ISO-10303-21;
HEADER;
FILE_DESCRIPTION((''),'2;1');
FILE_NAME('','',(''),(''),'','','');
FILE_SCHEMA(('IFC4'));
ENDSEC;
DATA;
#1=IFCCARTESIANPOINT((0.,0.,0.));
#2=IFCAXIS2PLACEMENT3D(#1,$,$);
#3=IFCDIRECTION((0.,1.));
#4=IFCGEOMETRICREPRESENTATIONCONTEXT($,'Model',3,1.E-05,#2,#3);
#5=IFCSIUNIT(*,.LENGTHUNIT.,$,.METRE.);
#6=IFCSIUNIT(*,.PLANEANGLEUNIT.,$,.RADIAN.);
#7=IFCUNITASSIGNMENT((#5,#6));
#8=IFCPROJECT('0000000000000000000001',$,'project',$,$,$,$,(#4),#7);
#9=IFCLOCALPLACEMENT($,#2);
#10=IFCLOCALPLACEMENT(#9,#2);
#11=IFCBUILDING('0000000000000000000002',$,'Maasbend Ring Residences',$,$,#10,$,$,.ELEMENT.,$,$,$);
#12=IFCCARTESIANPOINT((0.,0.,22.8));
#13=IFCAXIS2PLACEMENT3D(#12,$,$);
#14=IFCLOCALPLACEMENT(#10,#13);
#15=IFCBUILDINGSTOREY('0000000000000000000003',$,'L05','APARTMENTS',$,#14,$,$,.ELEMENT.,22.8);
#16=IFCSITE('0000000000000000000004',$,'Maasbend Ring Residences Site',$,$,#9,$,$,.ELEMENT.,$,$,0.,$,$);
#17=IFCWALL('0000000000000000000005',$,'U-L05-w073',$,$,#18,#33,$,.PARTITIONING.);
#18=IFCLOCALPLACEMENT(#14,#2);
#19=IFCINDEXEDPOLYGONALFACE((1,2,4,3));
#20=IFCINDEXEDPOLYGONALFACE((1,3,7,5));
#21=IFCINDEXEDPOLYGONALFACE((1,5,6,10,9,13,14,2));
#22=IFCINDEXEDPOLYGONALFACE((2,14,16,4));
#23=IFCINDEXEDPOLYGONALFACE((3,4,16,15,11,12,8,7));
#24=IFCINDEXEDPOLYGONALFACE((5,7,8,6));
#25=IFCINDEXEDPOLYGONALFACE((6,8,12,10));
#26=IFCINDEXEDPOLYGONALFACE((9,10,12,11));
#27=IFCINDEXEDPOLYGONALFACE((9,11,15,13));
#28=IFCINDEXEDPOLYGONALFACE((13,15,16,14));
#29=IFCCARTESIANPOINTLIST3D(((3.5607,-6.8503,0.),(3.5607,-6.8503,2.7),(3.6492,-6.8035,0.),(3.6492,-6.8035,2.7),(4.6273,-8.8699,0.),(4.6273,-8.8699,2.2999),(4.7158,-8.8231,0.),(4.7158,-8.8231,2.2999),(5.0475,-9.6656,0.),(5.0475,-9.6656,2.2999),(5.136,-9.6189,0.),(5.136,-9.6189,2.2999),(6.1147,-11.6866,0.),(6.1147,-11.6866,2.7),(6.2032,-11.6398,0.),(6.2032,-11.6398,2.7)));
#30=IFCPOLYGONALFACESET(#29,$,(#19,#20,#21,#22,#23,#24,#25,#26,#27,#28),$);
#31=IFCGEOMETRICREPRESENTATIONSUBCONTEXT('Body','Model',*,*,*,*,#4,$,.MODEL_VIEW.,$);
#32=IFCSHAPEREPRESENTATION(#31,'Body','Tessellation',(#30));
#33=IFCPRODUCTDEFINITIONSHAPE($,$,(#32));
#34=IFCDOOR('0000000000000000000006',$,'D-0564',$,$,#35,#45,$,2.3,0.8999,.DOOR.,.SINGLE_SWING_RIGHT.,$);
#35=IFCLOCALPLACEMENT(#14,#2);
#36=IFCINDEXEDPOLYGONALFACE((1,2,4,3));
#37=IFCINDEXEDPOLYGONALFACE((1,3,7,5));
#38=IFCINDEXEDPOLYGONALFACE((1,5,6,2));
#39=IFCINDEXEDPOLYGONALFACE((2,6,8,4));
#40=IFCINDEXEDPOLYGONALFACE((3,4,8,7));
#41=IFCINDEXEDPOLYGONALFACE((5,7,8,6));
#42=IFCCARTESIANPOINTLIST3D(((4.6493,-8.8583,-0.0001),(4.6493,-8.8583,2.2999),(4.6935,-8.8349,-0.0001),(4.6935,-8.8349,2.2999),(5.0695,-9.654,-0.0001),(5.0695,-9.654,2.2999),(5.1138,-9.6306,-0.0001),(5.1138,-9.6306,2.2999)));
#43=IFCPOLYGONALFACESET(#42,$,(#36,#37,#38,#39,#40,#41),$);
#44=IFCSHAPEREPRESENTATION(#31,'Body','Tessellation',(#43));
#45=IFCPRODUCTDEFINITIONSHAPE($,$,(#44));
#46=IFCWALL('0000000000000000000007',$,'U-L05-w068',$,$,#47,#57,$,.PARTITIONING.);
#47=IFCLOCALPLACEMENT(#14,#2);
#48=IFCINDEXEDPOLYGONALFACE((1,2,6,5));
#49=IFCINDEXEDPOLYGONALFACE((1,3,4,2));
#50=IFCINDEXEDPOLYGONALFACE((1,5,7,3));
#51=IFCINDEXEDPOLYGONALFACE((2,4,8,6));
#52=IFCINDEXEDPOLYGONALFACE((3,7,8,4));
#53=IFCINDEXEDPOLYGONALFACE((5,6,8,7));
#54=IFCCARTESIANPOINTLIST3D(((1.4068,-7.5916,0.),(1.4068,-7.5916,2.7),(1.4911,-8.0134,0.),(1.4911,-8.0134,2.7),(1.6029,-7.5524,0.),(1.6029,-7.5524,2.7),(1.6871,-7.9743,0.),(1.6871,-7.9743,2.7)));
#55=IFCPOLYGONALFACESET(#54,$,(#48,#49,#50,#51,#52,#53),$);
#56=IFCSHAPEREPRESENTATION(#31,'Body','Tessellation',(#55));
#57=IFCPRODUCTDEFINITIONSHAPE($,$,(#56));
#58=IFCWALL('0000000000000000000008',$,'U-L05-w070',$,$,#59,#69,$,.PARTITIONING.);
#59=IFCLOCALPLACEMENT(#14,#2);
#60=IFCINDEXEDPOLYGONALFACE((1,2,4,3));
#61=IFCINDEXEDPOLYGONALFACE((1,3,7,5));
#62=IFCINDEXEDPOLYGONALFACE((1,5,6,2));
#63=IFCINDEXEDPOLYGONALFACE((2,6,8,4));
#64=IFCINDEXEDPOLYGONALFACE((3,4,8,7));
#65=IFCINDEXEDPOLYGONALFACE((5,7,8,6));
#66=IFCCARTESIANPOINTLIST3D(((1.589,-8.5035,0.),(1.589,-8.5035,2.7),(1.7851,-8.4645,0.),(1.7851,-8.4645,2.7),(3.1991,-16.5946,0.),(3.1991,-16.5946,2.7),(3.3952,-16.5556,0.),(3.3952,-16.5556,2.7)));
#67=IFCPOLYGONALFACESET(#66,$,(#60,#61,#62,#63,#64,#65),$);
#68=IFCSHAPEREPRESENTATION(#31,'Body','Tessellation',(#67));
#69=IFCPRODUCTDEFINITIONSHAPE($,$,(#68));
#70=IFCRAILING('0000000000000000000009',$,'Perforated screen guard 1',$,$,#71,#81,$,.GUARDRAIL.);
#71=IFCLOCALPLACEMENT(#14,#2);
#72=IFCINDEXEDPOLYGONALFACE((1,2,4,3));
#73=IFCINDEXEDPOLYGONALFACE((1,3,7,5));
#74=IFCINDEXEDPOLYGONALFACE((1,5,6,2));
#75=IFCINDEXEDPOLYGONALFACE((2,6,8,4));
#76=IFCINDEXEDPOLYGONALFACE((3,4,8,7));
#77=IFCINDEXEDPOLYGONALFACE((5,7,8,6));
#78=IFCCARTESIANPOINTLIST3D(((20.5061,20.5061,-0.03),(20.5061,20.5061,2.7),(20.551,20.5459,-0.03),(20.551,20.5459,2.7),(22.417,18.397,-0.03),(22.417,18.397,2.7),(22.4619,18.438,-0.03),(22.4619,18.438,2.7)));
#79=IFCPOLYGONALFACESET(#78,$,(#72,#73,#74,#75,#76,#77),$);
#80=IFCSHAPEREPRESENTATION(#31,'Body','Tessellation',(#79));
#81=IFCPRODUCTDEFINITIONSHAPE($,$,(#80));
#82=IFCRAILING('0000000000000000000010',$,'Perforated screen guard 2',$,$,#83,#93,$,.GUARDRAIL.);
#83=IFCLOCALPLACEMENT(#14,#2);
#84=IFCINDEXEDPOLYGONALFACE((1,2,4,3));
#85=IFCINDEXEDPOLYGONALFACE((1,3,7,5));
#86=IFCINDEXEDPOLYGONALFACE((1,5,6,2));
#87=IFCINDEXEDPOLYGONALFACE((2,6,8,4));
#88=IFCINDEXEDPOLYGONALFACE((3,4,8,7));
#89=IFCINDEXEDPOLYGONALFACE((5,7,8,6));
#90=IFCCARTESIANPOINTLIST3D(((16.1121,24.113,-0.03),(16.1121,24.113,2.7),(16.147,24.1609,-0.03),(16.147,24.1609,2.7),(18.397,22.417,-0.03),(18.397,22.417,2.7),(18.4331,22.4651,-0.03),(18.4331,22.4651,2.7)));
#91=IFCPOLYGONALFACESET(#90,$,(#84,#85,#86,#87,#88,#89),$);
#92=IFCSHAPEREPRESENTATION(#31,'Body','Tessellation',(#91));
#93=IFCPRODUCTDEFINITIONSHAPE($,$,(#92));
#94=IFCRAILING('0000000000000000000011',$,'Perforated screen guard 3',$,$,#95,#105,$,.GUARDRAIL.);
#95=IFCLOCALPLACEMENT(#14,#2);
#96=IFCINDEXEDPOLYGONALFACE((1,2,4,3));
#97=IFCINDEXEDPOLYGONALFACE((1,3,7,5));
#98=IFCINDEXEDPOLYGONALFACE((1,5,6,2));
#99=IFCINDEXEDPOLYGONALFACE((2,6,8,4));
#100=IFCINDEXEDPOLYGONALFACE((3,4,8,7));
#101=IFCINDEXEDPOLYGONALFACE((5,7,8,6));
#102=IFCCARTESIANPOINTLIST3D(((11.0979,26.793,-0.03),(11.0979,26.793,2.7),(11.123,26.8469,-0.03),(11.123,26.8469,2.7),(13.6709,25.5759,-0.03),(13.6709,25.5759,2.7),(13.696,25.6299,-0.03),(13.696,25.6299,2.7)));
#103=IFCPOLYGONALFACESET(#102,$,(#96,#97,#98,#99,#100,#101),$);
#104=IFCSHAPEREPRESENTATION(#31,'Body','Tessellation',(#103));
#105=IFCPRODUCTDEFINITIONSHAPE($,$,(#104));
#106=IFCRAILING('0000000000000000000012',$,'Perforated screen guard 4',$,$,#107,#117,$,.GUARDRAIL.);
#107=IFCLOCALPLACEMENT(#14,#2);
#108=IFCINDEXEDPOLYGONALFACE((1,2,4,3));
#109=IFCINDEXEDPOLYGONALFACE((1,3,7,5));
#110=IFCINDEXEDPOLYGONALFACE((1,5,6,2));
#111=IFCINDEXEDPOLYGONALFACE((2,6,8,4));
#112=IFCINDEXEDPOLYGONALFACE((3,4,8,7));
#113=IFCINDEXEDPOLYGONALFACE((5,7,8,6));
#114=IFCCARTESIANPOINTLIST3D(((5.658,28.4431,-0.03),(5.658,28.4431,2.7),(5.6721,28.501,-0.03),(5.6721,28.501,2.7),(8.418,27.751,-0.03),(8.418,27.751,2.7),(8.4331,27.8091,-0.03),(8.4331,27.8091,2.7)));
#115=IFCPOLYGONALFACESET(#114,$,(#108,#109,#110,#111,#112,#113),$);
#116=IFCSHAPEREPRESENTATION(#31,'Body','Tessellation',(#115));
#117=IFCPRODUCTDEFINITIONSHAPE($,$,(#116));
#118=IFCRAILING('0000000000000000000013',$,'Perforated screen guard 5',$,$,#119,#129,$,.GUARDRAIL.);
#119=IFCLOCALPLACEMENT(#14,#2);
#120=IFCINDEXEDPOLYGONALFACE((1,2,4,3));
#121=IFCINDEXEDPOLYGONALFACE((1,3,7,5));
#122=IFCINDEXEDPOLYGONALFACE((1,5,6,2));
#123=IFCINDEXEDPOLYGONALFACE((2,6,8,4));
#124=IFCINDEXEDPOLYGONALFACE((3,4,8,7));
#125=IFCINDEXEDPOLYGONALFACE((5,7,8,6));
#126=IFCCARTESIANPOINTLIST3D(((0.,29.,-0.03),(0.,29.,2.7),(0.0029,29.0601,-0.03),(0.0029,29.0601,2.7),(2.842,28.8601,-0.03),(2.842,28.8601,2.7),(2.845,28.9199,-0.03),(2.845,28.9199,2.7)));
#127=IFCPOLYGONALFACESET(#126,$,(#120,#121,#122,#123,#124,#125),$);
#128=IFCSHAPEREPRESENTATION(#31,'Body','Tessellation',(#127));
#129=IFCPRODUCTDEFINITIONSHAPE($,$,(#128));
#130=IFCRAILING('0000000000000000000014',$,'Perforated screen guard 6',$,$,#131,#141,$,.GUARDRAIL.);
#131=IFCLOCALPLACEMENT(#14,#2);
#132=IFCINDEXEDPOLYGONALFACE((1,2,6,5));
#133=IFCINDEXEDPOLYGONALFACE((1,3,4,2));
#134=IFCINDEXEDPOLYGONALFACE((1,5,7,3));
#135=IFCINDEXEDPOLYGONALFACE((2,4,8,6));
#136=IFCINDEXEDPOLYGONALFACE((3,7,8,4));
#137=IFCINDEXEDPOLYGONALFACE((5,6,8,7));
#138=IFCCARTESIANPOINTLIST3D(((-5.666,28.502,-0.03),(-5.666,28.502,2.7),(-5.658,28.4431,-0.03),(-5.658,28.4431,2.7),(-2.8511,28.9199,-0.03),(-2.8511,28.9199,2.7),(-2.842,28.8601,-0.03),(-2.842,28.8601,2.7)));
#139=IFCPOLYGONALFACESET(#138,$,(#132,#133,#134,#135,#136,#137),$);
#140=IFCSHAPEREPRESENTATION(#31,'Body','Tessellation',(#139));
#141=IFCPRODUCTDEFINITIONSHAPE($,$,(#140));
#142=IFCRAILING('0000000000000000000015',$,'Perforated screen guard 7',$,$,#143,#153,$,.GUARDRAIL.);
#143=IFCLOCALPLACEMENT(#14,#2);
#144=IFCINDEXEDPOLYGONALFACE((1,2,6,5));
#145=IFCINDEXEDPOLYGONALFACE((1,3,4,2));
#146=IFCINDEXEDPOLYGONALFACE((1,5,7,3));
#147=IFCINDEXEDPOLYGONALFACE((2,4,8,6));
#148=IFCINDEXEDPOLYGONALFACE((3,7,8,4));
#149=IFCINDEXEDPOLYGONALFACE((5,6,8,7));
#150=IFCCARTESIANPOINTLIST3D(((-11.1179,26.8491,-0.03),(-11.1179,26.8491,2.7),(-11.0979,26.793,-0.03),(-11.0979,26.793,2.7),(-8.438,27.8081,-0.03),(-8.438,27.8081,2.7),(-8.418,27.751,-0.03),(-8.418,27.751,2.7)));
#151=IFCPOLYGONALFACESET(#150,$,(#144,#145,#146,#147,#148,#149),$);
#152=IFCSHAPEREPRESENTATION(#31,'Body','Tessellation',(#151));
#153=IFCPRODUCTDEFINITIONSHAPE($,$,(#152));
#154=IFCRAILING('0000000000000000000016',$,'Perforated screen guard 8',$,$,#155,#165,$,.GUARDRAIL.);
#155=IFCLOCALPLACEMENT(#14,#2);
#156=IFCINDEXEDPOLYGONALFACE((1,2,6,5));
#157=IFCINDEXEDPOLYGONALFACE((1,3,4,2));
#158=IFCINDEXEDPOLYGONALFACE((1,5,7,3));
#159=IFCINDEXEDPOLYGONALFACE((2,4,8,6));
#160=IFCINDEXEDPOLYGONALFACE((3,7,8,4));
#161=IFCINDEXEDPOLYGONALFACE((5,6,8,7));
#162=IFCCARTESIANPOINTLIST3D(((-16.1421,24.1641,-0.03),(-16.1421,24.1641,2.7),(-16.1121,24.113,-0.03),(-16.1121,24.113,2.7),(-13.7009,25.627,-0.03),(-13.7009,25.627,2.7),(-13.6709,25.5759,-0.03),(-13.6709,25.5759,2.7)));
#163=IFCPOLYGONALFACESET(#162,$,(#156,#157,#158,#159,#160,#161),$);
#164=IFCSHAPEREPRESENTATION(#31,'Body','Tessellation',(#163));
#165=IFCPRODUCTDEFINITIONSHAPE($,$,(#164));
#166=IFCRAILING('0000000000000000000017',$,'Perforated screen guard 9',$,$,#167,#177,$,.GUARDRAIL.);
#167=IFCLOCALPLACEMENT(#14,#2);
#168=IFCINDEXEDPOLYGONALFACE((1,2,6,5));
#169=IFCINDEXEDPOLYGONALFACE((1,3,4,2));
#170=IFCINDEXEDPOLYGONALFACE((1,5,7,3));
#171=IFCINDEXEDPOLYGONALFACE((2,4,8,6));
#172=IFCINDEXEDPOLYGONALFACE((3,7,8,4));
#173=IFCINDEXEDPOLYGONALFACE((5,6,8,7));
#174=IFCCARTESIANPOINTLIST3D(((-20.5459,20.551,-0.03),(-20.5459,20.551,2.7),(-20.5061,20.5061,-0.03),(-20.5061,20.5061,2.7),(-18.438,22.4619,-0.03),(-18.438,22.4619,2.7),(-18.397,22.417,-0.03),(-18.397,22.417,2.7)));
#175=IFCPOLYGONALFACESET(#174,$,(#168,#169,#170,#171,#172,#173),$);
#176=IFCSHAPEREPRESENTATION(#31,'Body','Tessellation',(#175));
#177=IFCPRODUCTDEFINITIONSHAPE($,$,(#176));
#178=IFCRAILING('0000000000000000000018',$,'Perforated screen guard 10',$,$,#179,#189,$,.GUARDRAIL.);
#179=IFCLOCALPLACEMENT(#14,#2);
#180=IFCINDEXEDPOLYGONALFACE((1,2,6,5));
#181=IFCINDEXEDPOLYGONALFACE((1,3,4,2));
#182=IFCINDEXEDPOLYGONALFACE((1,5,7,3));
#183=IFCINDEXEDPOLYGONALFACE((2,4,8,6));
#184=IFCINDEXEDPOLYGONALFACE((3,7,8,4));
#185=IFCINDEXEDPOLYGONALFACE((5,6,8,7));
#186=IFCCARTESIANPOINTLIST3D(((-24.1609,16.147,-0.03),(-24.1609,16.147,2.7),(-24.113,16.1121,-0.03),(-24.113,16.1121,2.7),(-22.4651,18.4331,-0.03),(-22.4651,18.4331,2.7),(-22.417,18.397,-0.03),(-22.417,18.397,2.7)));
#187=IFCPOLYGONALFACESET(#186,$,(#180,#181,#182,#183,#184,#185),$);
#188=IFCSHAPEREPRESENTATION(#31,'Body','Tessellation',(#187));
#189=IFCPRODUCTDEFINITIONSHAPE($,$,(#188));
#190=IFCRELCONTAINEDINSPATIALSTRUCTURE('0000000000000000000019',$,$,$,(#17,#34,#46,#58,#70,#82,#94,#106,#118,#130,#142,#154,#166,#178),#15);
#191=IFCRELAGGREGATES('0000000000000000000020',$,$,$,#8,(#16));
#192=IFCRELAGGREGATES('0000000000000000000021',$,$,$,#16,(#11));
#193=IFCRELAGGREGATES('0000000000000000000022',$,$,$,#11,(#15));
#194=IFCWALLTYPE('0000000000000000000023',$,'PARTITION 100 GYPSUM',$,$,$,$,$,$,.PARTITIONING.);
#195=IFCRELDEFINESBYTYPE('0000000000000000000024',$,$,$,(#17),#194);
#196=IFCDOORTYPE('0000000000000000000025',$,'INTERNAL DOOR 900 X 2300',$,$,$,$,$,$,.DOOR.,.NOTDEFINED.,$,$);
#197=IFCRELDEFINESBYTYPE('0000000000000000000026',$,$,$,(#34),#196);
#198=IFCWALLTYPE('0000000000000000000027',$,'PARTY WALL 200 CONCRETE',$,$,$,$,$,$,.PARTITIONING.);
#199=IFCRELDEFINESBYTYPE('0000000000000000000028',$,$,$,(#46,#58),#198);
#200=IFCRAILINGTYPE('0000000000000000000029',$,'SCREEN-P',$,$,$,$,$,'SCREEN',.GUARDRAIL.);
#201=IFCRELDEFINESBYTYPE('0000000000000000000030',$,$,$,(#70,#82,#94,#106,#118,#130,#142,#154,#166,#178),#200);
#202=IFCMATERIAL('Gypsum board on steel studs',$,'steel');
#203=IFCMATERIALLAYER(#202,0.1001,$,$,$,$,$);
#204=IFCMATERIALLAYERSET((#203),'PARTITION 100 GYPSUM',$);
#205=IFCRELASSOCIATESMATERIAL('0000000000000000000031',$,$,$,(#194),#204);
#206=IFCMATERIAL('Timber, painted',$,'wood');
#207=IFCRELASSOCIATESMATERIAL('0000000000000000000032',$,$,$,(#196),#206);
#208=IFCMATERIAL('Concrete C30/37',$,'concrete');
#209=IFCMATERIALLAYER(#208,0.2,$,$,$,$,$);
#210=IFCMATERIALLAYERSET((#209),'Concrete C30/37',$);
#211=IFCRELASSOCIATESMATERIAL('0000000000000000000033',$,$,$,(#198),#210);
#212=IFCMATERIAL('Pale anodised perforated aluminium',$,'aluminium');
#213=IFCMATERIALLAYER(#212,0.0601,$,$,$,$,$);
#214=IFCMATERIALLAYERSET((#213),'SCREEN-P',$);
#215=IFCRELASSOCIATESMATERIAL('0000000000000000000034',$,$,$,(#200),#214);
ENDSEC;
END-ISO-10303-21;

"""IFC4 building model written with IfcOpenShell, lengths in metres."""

from ifc_helpers import new_model, si_unit, direction, frame, frame_2d, origin, place, context, subcontext, project, spatial, polyline, rectangle, outline, extrude, material, layer, layer_set, type_object, element, fill, save


model = new_model("IFC4")

# Units and contexts
model_context = context("Model", 3, precision=1e-05, world=origin(), true_north=direction((0.0, 1.0)))
body_context = subcontext(model_context, "Body", "Model", "MODEL_VIEW")
ifc_project = project(units=[si_unit("LENGTHUNIT", "METRE"), si_unit("PLANEANGLEUNIT", "RADIAN")], contexts=[model_context])

# Site, building, storey
site_placement = place(None, origin())
site = spatial("IfcSite", under=ifc_project, at=site_placement, Name="Maasbend Ring Residences Site", CompositionType="ELEMENT", RefElevation=0.0)
building_placement = place(site_placement, origin())
building = spatial("IfcBuilding", under=site, at=building_placement, Name="Maasbend Ring Residences", CompositionType="ELEMENT")
storey_placement = place(building_placement, frame((0.0, 0.0, 22.8)))
storey = spatial("IfcBuildingStorey", under=building, at=storey_placement, Name="L05", Description="APARTMENTS", CompositionType="ELEMENT", Elevation=22.8)

# Wall, opening, door
ifc_material_1 = material(Name="Gypsum board on steel studs", Category="steel")
ifc_layer_1 = layer(ifc_material_1, 0.1001)
ifc_layer_set_1 = layer_set([ifc_layer_1], Name="PARTITION 100 GYPSUM")
wall_type_1 = type_object("IfcWallType", Name="PARTITION 100 GYPSUM", PredefinedType="PARTITIONING", material=ifc_layer_set_1)
wall_1_placement = place(storey_placement, frame((3.605, -6.8269, 0.0), z_axis=(0.0, 0.0, 1.0), x_axis=(0.466977, -0.88427, 0.0)))
wall_1 = element("IfcWall", 1, at=wall_1_placement, inside=storey, type_object=wall_type_1, Name="U-L05-w073", PredefinedType="PARTITIONING", context=body_context, shape_type="SweptSolid", body=[
    extrude(rectangle(XDim=5.4692, YDim=0.1001, at=frame_2d((2.7346, 0.0))), origin(), (0.0, 0.0, 1.0), 2.7),
])
opening_placement = place(wall_1_placement, frame((2.2839, 0.0, 0.0)))
opening = element("IfcOpeningElement", 2, at=opening_placement, cuts=wall_1, PredefinedType="OPENING", context=body_context, shape_type="SweptSolid", body=[
    extrude(rectangle(XDim=0.8999, YDim=2.3, at=frame_2d((0.45, 1.1499))), frame((0.0, 0.0601, 0.0), z_axis=(0.0, -1.0, 0.0), x_axis=(1.0, 0.0, 0.0)), (0.0, 0.0, 1.0), 0.1201),
])
ifc_material_2 = material(Name="Timber, painted", Category="wood")
door_type = type_object("IfcDoorType", Name="INTERNAL DOOR 900 X 2300", OperationType="NOTDEFINED", PredefinedType="DOOR", material=ifc_material_2)
door_placement = place(opening_placement, origin())
door = element("IfcDoor", 3, at=door_placement, inside=storey, type_object=door_type, Name="D-0564", OperationType="SINGLE_SWING_RIGHT", OverallHeight=2.3, OverallWidth=0.8999, PredefinedType="DOOR", context=body_context, shape_type="SweptSolid", body=[
    extrude(rectangle(XDim=0.8999, YDim=2.3, at=frame_2d((0.45, 1.1499))), frame((0.0, 0.0249, 0.0), z_axis=(0.0, -1.0, 0.0), x_axis=(1.0, 0.0, 0.0)), (0.0, 0.0, 1.0), 0.05),
])
fill(opening, door)

# Walls
ifc_material_3 = material(Name="Concrete C30/37", Category="concrete")
ifc_layer_2 = layer(ifc_material_3, 0.2)
ifc_layer_set_2 = layer_set([ifc_layer_2], Name="Concrete C30/37")
wall_type_2 = type_object("IfcWallType", Name="PARTY WALL 200 CONCRETE", PredefinedType="PARTITIONING", material=ifc_layer_set_2)
wall_2_placement = place(storey_placement, frame((1.5049, -7.572, 0.0), z_axis=(0.0, 0.0, 1.0), x_axis=(0.195789, -0.980646, 0.0)))
element("IfcWall", 4, at=wall_2_placement, inside=storey, type_object=wall_type_2, Name="U-L05-w068", PredefinedType="PARTITIONING", context=body_context, shape_type="SweptSolid", body=[
    extrude(rectangle(XDim=0.4302, YDim=0.2, at=frame_2d((0.2151, 0.0))), origin(), (0.0, 0.0, 1.0), 2.7),
])
wall_3_placement = place(storey_placement, frame((1.687, -8.4839, 0.0), z_axis=(0.0, 0.0, 1.0), x_axis=(0.195171, -0.980769, 0.0)))
element("IfcWall", 5, at=wall_3_placement, inside=storey, type_object=wall_type_2, Name="U-L05-w070", PredefinedType="PARTITIONING", context=body_context, shape_type="SweptSolid", body=[
    extrude(rectangle(XDim=8.2498, YDim=0.2, at=frame_2d((4.125, 0.0))), origin(), (0.0, 0.0, 1.0), 2.7),
])

# Railings
ifc_material_4 = material(Name="Pale anodised perforated aluminium", Category="aluminium")
ifc_layer_3 = layer(ifc_material_4, 0.0601)
ifc_layer_set_3 = layer_set([ifc_layer_3], Name="SCREEN-P")
railing_type = type_object("IfcRailingType", Name="SCREEN-P", ElementType="SCREEN", PredefinedType="GUARDRAIL", material=ifc_layer_set_3)
railing_1_placement = place(storey_placement, frame((0.0, 0.0, -0.03)))
element("IfcRailing", 6, at=railing_1_placement, inside=storey, type_object=railing_type, Name="Perforated screen guard 1", PredefinedType="GUARDRAIL", context=body_context, shape_type="SweptSolid", body=[
    extrude(outline(polyline([(22.417, 18.397), (20.5061, 20.5061), (20.551, 20.5459), (22.4619, 18.438), (22.417, 18.397)])), origin(), (0.0, 0.0, 1.0), 2.73),
])
railing_2_placement = place(storey_placement, frame((0.0, 0.0, -0.03)))
element("IfcRailing", 7, at=railing_2_placement, inside=storey, type_object=railing_type, Name="Perforated screen guard 2", PredefinedType="GUARDRAIL", context=body_context, shape_type="SweptSolid", body=[
    extrude(outline(polyline([(18.397, 22.417), (16.1121, 24.113), (16.147, 24.1609), (18.4331, 22.4651), (18.397, 22.417)])), origin(), (0.0, 0.0, 1.0), 2.73),
])
railing_3_placement = place(storey_placement, frame((0.0, 0.0, -0.03)))
element("IfcRailing", 8, at=railing_3_placement, inside=storey, type_object=railing_type, Name="Perforated screen guard 3", PredefinedType="GUARDRAIL", context=body_context, shape_type="SweptSolid", body=[
    extrude(outline(polyline([(13.6709, 25.5759), (11.0979, 26.793), (11.123, 26.8469), (13.696, 25.6299), (13.6709, 25.5759)])), origin(), (0.0, 0.0, 1.0), 2.73),
])
railing_4_placement = place(storey_placement, frame((0.0, 0.0, -0.03)))
element("IfcRailing", 9, at=railing_4_placement, inside=storey, type_object=railing_type, Name="Perforated screen guard 4", PredefinedType="GUARDRAIL", context=body_context, shape_type="SweptSolid", body=[
    extrude(outline(polyline([(8.418, 27.751), (5.658, 28.4431), (5.6721, 28.501), (8.4331, 27.8091), (8.418, 27.751)])), origin(), (0.0, 0.0, 1.0), 2.73),
])
railing_5_placement = place(storey_placement, frame((0.0, 0.0, -0.03)))
element("IfcRailing", 10, at=railing_5_placement, inside=storey, type_object=railing_type, Name="Perforated screen guard 5", PredefinedType="GUARDRAIL", context=body_context, shape_type="SweptSolid", body=[
    extrude(outline(polyline([(2.842, 28.8601), (0.0, 29.0), (0.0029, 29.0601), (2.845, 28.9199), (2.842, 28.8601)])), origin(), (0.0, 0.0, 1.0), 2.73),
])
railing_6_placement = place(storey_placement, frame((0.0, 0.0, -0.03)))
element("IfcRailing", 11, at=railing_6_placement, inside=storey, type_object=railing_type, Name="Perforated screen guard 6", PredefinedType="GUARDRAIL", context=body_context, shape_type="SweptSolid", body=[
    extrude(outline(polyline([(-2.842, 28.8601), (-5.658, 28.4431), (-5.666, 28.502), (-2.8511, 28.9199), (-2.842, 28.8601)])), origin(), (0.0, 0.0, 1.0), 2.73),
])
railing_7_placement = place(storey_placement, frame((0.0, 0.0, -0.03)))
element("IfcRailing", 12, at=railing_7_placement, inside=storey, type_object=railing_type, Name="Perforated screen guard 7", PredefinedType="GUARDRAIL", context=body_context, shape_type="SweptSolid", body=[
    extrude(outline(polyline([(-8.418, 27.751), (-11.0979, 26.793), (-11.1179, 26.8491), (-8.438, 27.8081), (-8.418, 27.751)])), origin(), (0.0, 0.0, 1.0), 2.73),
])
railing_8_placement = place(storey_placement, frame((0.0, 0.0, -0.03)))
element("IfcRailing", 13, at=railing_8_placement, inside=storey, type_object=railing_type, Name="Perforated screen guard 8", PredefinedType="GUARDRAIL", context=body_context, shape_type="SweptSolid", body=[
    extrude(outline(polyline([(-13.6709, 25.5759), (-16.1121, 24.113), (-16.1421, 24.1641), (-13.7009, 25.627), (-13.6709, 25.5759)])), origin(), (0.0, 0.0, 1.0), 2.73),
])
railing_9_placement = place(storey_placement, frame((0.0, 0.0, -0.03)))
element("IfcRailing", 14, at=railing_9_placement, inside=storey, type_object=railing_type, Name="Perforated screen guard 9", PredefinedType="GUARDRAIL", context=body_context, shape_type="SweptSolid", body=[
    extrude(outline(polyline([(-18.397, 22.417), (-20.5061, 20.5061), (-20.5459, 20.551), (-18.438, 22.4619), (-18.397, 22.417)])), origin(), (0.0, 0.0, 1.0), 2.73),
])
railing_10_placement = place(storey_placement, frame((0.0, 0.0, -0.03)))
element("IfcRailing", 15, at=railing_10_placement, inside=storey, type_object=railing_type, Name="Perforated screen guard 10", PredefinedType="GUARDRAIL", context=body_context, shape_type="SweptSolid", body=[
    extrude(outline(polyline([(-22.417, 18.397), (-24.113, 16.1121), (-24.1609, 16.147), (-22.4651, 18.4331), (-22.417, 18.397)])), origin(), (0.0, 0.0, 1.0), 2.73),
])

save(model, "model.ifc")
